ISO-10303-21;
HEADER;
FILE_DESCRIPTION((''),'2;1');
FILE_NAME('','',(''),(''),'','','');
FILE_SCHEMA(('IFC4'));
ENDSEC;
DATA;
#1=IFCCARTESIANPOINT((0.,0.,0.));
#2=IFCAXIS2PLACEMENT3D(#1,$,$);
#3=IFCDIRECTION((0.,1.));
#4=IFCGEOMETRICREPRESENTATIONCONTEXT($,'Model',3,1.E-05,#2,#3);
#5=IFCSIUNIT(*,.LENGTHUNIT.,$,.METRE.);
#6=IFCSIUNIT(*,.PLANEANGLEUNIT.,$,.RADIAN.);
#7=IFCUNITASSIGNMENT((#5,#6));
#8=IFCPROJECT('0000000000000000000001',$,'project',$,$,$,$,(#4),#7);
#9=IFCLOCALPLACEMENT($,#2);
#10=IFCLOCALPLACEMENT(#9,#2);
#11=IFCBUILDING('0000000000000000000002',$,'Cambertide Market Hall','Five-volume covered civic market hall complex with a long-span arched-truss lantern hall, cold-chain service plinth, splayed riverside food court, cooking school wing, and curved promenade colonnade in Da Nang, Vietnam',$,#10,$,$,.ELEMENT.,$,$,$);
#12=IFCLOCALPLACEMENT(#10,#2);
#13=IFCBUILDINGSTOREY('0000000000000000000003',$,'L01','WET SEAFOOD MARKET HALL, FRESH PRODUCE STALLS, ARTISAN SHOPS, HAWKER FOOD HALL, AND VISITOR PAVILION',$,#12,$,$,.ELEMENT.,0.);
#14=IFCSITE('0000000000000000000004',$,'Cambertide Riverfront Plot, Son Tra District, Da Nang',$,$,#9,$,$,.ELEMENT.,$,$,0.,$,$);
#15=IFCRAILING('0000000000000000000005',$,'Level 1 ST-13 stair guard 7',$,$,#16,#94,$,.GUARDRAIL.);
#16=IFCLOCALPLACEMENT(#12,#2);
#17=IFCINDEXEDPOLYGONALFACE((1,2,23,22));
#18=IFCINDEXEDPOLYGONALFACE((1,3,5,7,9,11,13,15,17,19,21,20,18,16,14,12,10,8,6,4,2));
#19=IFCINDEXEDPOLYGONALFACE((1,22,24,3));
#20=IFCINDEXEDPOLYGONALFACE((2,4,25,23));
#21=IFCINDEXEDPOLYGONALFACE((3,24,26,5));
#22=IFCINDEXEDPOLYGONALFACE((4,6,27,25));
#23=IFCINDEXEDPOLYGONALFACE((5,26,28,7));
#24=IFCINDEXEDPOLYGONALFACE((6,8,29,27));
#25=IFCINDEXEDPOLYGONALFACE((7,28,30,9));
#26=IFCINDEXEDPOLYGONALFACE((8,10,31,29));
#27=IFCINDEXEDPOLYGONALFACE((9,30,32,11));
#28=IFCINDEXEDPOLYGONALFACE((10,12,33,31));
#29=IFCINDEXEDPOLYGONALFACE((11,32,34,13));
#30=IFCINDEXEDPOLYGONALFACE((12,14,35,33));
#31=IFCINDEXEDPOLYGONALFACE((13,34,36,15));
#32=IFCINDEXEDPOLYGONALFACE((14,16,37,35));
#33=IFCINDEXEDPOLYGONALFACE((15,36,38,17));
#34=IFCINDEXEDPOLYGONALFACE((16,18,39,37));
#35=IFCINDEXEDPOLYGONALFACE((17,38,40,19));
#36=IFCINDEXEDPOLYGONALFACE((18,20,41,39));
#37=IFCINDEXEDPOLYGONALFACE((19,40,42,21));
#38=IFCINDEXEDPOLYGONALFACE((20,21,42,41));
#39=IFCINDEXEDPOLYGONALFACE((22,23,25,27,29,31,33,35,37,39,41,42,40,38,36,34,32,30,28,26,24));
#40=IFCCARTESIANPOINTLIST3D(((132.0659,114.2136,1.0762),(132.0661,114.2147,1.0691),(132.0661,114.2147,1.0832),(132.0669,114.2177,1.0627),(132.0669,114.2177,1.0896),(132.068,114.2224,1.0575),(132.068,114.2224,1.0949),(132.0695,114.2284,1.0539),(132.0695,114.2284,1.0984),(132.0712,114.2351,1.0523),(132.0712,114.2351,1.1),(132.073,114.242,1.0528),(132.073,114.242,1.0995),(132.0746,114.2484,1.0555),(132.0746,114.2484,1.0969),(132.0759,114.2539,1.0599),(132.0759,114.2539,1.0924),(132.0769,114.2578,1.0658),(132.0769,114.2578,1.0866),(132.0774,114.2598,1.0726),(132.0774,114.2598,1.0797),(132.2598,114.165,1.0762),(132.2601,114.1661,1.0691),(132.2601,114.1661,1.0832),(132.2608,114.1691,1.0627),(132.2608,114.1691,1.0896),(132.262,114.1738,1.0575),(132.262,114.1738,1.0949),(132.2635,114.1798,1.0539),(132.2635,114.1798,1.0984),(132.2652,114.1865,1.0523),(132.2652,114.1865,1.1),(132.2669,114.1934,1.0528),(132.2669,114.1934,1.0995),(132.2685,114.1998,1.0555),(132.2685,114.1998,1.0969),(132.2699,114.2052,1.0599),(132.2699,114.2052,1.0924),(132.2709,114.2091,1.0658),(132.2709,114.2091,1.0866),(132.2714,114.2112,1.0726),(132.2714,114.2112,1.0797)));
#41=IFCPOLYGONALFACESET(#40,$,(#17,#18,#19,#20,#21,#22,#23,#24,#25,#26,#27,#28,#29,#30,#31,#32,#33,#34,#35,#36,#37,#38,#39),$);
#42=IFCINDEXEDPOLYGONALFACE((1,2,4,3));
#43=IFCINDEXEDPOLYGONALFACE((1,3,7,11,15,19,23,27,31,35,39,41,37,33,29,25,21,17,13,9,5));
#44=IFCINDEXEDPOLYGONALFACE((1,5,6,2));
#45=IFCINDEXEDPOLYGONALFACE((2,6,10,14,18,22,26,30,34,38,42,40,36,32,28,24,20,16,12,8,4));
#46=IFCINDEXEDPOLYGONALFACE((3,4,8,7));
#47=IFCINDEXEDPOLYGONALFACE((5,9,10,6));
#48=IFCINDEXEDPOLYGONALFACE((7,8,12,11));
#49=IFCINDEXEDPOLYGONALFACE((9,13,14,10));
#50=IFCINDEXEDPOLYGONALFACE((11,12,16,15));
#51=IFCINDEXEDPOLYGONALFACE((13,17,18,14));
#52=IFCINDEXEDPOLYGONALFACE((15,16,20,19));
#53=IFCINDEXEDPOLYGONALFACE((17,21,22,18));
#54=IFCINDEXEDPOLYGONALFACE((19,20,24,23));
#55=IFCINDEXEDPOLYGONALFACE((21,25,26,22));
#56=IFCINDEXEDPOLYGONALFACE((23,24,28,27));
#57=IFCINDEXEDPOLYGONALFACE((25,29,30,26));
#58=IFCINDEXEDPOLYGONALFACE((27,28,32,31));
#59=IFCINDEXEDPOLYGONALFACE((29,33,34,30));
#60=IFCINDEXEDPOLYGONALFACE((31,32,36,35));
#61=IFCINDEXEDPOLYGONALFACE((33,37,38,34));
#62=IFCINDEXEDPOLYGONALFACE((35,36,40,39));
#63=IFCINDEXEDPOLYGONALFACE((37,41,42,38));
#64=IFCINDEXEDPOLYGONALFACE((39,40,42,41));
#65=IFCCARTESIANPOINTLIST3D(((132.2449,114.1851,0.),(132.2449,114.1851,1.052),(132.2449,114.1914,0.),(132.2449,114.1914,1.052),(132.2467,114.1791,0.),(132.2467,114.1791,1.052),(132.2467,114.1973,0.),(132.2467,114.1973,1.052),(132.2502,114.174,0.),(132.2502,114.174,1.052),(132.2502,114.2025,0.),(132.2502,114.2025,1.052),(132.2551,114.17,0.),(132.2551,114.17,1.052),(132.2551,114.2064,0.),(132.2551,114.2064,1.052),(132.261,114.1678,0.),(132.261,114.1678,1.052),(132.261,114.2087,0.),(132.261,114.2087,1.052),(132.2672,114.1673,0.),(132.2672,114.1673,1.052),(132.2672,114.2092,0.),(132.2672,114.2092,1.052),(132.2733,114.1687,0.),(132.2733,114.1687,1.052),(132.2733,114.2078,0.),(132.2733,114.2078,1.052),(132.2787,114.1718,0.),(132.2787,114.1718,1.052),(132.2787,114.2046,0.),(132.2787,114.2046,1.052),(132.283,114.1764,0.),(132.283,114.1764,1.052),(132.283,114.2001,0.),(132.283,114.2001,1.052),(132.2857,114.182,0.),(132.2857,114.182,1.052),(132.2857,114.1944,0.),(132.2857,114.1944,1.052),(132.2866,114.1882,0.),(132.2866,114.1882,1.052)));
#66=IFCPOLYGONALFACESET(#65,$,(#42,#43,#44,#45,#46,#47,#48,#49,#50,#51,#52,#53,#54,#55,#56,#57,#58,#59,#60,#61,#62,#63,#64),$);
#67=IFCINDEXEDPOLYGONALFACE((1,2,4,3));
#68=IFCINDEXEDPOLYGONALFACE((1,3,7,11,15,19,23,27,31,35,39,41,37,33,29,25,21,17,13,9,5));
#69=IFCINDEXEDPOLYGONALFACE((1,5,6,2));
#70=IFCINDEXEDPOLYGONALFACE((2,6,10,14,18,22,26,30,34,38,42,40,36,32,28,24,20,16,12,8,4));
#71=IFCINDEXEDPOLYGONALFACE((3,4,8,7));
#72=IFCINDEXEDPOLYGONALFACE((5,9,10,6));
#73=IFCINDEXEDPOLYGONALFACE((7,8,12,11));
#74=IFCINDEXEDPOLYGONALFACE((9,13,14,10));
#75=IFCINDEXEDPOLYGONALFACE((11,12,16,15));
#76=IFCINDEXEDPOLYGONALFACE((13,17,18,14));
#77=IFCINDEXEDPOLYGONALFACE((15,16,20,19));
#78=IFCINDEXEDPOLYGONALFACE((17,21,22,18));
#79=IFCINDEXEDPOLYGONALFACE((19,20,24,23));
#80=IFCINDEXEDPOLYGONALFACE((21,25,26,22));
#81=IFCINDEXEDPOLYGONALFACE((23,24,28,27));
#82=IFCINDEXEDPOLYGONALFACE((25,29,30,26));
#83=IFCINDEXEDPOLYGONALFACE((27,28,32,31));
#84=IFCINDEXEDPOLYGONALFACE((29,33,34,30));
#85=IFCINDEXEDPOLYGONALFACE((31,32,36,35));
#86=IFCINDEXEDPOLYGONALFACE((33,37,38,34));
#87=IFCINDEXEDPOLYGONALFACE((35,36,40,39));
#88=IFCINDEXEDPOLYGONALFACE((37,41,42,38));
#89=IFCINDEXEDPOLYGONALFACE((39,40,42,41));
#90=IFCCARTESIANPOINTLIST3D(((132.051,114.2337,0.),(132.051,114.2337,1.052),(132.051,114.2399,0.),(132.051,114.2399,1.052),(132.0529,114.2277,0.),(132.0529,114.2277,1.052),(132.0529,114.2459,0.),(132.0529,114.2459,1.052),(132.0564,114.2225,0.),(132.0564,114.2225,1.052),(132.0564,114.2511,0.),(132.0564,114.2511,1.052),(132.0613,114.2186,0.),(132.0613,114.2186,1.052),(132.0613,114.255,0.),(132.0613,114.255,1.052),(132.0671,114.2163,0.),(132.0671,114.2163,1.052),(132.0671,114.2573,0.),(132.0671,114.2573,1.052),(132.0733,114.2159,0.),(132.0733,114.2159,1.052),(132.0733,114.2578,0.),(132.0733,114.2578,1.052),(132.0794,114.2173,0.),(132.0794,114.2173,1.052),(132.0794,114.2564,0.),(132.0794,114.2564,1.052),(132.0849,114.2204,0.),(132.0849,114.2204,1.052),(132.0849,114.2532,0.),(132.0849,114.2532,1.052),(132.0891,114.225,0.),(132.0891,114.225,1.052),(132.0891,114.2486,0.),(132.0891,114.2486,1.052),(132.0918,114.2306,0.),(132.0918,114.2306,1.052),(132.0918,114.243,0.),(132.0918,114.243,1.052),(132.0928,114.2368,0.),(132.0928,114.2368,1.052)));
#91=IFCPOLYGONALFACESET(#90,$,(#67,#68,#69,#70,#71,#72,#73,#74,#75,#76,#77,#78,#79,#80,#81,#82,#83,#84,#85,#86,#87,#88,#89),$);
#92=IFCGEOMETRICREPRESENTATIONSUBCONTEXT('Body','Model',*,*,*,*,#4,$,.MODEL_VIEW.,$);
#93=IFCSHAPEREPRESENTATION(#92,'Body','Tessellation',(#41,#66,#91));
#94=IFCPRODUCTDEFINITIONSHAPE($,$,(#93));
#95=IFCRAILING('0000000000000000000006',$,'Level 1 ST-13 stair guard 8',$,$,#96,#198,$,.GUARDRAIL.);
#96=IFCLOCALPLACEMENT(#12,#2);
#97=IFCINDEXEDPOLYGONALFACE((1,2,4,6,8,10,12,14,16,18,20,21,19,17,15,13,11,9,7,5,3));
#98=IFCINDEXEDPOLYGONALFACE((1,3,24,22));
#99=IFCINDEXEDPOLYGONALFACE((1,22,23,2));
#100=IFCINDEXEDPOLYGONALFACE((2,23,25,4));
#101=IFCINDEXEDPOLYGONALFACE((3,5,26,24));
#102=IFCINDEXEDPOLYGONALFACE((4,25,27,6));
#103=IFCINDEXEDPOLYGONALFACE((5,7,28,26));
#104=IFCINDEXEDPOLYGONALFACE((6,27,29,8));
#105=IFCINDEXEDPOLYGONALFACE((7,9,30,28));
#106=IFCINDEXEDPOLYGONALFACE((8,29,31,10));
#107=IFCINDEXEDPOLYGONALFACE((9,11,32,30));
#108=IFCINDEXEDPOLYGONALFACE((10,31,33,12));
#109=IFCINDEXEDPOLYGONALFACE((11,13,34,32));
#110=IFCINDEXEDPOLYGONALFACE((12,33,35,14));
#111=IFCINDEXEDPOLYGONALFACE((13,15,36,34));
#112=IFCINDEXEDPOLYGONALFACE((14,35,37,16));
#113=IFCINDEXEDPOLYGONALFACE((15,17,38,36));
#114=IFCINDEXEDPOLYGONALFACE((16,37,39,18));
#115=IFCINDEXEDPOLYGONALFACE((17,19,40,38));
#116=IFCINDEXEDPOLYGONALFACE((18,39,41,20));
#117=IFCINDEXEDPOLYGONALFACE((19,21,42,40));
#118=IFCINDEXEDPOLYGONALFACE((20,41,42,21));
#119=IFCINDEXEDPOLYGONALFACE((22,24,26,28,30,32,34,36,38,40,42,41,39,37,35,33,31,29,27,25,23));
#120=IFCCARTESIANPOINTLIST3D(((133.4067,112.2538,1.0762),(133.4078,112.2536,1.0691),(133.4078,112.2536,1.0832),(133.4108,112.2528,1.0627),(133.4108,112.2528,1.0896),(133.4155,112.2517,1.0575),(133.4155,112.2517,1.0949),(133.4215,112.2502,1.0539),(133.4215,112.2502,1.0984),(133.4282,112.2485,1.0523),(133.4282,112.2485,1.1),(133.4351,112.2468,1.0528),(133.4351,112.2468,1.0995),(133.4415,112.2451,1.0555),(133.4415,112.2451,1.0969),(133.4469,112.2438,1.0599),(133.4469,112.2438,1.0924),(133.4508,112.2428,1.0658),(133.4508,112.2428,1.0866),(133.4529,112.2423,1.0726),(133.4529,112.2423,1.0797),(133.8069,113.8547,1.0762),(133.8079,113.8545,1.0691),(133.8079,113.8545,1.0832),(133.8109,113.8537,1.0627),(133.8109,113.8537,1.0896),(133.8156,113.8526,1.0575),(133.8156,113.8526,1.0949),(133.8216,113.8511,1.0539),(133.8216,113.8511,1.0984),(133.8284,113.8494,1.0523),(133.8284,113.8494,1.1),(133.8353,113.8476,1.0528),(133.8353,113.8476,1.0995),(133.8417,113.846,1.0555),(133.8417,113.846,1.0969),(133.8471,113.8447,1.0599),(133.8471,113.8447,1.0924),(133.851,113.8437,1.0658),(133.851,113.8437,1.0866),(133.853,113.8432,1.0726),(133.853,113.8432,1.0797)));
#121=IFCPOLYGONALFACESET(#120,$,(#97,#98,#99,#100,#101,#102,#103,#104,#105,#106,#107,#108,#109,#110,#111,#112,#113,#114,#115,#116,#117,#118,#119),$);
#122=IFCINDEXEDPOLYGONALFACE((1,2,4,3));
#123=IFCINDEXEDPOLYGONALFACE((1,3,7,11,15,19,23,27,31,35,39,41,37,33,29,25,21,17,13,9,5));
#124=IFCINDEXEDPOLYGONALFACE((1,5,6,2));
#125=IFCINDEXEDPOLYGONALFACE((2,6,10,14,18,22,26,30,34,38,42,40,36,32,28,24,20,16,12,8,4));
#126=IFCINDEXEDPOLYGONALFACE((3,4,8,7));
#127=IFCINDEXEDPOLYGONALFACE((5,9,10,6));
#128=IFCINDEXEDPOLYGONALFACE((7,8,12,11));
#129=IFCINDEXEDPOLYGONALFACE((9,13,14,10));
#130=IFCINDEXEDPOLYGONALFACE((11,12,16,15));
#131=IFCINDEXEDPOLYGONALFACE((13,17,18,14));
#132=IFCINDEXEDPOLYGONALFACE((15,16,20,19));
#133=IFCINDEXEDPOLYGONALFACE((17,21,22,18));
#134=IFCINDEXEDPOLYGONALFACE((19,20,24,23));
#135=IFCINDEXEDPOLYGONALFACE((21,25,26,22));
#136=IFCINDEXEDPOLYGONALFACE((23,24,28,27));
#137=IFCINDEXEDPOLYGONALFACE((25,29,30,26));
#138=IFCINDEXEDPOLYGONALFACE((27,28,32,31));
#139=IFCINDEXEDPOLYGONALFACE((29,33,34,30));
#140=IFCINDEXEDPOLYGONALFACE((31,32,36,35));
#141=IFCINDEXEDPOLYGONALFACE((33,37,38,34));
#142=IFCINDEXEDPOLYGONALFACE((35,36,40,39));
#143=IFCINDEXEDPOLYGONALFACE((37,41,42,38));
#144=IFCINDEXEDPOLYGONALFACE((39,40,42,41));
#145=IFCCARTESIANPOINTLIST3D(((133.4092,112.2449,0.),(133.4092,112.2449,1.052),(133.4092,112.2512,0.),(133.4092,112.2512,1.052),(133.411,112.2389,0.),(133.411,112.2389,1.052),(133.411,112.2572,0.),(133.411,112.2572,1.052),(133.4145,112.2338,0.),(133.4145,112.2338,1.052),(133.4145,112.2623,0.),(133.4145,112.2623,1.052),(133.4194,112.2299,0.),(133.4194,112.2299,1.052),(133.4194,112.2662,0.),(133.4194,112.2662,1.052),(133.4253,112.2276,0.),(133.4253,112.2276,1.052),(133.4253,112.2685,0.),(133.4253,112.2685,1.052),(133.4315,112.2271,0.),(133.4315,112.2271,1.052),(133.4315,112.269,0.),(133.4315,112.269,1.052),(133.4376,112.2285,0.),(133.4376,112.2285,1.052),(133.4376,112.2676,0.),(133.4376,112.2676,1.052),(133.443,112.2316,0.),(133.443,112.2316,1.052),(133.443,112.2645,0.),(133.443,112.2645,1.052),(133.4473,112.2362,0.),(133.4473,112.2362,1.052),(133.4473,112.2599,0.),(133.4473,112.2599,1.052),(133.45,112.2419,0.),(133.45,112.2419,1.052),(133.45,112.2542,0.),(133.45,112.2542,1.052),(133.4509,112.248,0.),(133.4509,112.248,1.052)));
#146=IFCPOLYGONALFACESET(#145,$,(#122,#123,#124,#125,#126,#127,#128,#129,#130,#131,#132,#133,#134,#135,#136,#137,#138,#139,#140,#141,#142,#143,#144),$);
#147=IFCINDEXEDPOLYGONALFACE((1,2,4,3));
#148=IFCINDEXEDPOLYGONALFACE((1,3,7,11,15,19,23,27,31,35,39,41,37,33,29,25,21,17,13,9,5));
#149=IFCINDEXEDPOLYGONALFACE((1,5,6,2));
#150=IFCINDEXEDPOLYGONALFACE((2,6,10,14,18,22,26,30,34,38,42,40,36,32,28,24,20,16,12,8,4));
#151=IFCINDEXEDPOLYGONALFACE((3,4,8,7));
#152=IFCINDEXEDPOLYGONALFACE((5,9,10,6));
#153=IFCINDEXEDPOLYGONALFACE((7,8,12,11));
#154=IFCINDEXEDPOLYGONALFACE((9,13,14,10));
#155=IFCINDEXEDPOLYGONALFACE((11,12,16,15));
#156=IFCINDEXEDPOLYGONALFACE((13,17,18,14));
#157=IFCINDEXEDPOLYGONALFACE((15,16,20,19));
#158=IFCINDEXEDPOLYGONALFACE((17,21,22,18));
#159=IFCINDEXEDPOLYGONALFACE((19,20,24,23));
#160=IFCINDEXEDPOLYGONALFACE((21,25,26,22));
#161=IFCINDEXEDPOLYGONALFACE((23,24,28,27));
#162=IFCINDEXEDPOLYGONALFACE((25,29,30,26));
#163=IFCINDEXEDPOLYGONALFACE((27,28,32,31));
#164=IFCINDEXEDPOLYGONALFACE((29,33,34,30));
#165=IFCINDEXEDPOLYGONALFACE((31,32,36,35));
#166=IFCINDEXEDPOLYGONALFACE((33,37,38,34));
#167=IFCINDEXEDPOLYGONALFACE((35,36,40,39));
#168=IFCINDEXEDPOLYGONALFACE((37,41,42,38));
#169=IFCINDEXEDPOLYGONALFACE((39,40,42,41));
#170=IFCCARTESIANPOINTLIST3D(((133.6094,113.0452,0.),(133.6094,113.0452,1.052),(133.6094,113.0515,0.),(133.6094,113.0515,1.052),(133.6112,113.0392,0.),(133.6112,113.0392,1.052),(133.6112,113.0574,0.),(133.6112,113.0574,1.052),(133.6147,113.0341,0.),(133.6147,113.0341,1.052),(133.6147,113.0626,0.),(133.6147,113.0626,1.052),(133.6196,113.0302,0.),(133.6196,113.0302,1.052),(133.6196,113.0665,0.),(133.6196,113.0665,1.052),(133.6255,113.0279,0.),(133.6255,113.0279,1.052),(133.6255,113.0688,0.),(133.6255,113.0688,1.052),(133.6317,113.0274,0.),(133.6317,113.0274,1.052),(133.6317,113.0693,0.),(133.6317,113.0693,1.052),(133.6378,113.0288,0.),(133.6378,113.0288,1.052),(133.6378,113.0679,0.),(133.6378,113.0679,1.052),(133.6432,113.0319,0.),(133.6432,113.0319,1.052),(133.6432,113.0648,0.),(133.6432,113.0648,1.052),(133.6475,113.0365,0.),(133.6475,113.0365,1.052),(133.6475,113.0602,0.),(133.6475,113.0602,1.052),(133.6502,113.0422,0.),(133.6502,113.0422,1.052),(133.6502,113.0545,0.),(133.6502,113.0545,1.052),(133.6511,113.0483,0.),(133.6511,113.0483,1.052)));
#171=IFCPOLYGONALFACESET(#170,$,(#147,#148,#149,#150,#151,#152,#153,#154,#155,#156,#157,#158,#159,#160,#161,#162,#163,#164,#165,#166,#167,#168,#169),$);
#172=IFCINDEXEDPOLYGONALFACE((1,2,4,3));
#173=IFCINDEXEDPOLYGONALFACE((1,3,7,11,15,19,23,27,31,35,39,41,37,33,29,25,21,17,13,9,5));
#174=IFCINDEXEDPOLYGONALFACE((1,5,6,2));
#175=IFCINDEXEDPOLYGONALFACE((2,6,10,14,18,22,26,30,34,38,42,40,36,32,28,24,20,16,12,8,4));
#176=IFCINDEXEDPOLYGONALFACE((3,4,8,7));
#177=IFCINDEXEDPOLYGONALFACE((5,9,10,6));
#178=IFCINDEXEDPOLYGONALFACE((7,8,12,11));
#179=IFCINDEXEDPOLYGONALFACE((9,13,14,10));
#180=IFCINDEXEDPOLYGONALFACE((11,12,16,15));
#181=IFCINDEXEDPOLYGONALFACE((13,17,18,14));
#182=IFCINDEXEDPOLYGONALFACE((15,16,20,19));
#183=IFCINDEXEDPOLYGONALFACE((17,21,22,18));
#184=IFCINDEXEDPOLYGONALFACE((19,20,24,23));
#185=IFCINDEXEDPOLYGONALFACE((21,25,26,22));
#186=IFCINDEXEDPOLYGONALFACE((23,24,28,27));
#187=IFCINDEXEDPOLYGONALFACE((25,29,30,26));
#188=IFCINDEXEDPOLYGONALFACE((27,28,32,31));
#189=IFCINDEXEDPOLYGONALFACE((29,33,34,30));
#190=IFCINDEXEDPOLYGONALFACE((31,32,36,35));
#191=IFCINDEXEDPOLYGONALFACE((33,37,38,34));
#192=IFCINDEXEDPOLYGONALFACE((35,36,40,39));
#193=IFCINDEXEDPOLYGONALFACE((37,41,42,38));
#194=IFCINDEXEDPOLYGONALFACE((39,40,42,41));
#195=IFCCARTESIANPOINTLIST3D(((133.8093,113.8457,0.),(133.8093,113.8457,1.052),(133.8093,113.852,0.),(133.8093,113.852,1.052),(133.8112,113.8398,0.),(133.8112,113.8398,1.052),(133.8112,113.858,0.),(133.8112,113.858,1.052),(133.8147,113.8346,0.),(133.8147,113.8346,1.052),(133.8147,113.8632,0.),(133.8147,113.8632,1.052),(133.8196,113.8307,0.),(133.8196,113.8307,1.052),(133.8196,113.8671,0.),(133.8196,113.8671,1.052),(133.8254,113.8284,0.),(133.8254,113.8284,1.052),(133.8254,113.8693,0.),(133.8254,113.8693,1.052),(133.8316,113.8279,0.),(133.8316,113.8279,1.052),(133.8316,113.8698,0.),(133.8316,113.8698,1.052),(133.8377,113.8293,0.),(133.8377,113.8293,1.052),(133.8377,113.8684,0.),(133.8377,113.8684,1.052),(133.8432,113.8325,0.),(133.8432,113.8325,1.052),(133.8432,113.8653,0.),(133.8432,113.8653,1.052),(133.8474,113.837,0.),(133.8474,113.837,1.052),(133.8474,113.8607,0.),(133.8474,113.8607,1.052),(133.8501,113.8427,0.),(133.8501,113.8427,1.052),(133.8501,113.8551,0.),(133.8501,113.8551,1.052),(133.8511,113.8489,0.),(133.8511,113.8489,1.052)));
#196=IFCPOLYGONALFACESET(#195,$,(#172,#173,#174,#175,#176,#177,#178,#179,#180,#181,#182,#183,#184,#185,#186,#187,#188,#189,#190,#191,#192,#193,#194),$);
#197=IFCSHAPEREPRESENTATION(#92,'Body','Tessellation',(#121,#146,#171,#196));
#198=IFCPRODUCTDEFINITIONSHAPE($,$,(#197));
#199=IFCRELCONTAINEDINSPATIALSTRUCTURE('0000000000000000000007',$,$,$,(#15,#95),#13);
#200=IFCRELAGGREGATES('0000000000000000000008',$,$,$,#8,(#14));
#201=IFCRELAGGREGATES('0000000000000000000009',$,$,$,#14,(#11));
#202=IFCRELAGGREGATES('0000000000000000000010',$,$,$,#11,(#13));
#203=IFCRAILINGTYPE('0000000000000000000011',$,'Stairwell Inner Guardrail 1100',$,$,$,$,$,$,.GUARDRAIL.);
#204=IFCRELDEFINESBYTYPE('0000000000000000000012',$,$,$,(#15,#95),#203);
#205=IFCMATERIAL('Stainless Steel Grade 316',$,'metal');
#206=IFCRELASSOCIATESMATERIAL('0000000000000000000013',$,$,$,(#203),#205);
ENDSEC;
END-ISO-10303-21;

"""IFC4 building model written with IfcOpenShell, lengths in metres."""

from ifc_helpers import new_model, si_unit, direction, frame, origin, origin_2d, place, context, subcontext, project, spatial, circle, extrude, material, type_object, element, save


model = new_model("IFC4")

# Units and contexts
model_context = context("Model", 3, precision=1e-05, world=origin(), true_north=direction((0.0, 1.0)))
body_context = subcontext(model_context, "Body", "Model", "MODEL_VIEW")
ifc_project = project(units=[si_unit("LENGTHUNIT", "METRE"), si_unit("PLANEANGLEUNIT", "RADIAN")], contexts=[model_context])

# Site, building, storey
site_placement = place(None, origin())
site = spatial("IfcSite", under=ifc_project, at=site_placement, Name="Cambertide Riverfront Plot, Son Tra District, Da Nang", CompositionType="ELEMENT", RefElevation=0.0)
building_placement = place(site_placement, origin())
building = spatial("IfcBuilding", under=site, at=building_placement, Name="Cambertide Market Hall", Description="Five-volume covered civic market hall complex with a long-span arched-truss lantern hall, cold-chain service plinth, splayed riverside food court, cooking school wing, and curved promenade colonnade in Da Nang, Vietnam", CompositionType="ELEMENT")
storey_placement = place(building_placement, origin())
storey = spatial("IfcBuildingStorey", under=building, at=storey_placement, Name="L01", Description="WET SEAFOOD MARKET HALL, FRESH PRODUCE STALLS, ARTISAN SHOPS, HAWKER FOOD HALL, AND VISITOR PAVILION", CompositionType="ELEMENT", Elevation=0.0)

# Railings
ifc_material_1 = material(Name="Stainless Steel Grade 316", Category="metal")
railing_type_1 = type_object("IfcRailingType", Name="Stairwell Inner Guardrail 1100", PredefinedType="GUARDRAIL", material=ifc_material_1)
railing_1_placement = place(storey_placement, frame((132.2656, 114.1882, 0.0)))
element("IfcRailing", 1, at=railing_1_placement, inside=storey, type_object=railing_type_1, Name="Level 1 ST-13 stair guard 7", PredefinedType="GUARDRAIL", context=body_context, shape_type="SweptSolid", body=[
    extrude(circle(Radius=0.0239, at=origin_2d()), frame((0.0, 0.0, 1.0762), z_axis=(-0.969999, 0.24311, 0.0), x_axis=(-0.24311, -0.969999, 0.0)), (0.0, 0.0, 1.0), 0.2),
    extrude(circle(Radius=0.021, at=origin_2d()), origin(), (0.0, 0.0, 1.0), 1.052),
    extrude(circle(Radius=0.021, at=origin_2d()), frame((-0.1938, 0.0486, 0.0)), (0.0, 0.0, 1.0), 1.052),
])
railing_2_placement = place(storey_placement, frame((133.4299, 112.248, 0.0)))
element("IfcRailing", 2, at=railing_2_placement, inside=storey, type_object=railing_type_1, Name="Level 1 ST-13 stair guard 8", PredefinedType="GUARDRAIL", context=body_context, shape_type="SweptSolid", body=[
    extrude(circle(Radius=0.0239, at=origin_2d()), frame((0.0, 0.0, 1.0762), z_axis=(0.242501, 0.970151, 0.0), x_axis=(-0.970151, 0.242501, 0.0)), (0.0, 0.0, 1.0), 1.6501),
    extrude(circle(Radius=0.021, at=origin_2d()), origin(), (0.0, 0.0, 1.0), 1.052),
    extrude(circle(Radius=0.021, at=origin_2d()), frame((0.2002, 0.8003, 0.0)), (0.0, 0.0, 1.0), 1.052),
    extrude(circle(Radius=0.021, at=origin_2d()), frame((0.4001, 1.6008, 0.0)), (0.0, 0.0, 1.0), 1.052),
])

save(model, "model.ifc")
